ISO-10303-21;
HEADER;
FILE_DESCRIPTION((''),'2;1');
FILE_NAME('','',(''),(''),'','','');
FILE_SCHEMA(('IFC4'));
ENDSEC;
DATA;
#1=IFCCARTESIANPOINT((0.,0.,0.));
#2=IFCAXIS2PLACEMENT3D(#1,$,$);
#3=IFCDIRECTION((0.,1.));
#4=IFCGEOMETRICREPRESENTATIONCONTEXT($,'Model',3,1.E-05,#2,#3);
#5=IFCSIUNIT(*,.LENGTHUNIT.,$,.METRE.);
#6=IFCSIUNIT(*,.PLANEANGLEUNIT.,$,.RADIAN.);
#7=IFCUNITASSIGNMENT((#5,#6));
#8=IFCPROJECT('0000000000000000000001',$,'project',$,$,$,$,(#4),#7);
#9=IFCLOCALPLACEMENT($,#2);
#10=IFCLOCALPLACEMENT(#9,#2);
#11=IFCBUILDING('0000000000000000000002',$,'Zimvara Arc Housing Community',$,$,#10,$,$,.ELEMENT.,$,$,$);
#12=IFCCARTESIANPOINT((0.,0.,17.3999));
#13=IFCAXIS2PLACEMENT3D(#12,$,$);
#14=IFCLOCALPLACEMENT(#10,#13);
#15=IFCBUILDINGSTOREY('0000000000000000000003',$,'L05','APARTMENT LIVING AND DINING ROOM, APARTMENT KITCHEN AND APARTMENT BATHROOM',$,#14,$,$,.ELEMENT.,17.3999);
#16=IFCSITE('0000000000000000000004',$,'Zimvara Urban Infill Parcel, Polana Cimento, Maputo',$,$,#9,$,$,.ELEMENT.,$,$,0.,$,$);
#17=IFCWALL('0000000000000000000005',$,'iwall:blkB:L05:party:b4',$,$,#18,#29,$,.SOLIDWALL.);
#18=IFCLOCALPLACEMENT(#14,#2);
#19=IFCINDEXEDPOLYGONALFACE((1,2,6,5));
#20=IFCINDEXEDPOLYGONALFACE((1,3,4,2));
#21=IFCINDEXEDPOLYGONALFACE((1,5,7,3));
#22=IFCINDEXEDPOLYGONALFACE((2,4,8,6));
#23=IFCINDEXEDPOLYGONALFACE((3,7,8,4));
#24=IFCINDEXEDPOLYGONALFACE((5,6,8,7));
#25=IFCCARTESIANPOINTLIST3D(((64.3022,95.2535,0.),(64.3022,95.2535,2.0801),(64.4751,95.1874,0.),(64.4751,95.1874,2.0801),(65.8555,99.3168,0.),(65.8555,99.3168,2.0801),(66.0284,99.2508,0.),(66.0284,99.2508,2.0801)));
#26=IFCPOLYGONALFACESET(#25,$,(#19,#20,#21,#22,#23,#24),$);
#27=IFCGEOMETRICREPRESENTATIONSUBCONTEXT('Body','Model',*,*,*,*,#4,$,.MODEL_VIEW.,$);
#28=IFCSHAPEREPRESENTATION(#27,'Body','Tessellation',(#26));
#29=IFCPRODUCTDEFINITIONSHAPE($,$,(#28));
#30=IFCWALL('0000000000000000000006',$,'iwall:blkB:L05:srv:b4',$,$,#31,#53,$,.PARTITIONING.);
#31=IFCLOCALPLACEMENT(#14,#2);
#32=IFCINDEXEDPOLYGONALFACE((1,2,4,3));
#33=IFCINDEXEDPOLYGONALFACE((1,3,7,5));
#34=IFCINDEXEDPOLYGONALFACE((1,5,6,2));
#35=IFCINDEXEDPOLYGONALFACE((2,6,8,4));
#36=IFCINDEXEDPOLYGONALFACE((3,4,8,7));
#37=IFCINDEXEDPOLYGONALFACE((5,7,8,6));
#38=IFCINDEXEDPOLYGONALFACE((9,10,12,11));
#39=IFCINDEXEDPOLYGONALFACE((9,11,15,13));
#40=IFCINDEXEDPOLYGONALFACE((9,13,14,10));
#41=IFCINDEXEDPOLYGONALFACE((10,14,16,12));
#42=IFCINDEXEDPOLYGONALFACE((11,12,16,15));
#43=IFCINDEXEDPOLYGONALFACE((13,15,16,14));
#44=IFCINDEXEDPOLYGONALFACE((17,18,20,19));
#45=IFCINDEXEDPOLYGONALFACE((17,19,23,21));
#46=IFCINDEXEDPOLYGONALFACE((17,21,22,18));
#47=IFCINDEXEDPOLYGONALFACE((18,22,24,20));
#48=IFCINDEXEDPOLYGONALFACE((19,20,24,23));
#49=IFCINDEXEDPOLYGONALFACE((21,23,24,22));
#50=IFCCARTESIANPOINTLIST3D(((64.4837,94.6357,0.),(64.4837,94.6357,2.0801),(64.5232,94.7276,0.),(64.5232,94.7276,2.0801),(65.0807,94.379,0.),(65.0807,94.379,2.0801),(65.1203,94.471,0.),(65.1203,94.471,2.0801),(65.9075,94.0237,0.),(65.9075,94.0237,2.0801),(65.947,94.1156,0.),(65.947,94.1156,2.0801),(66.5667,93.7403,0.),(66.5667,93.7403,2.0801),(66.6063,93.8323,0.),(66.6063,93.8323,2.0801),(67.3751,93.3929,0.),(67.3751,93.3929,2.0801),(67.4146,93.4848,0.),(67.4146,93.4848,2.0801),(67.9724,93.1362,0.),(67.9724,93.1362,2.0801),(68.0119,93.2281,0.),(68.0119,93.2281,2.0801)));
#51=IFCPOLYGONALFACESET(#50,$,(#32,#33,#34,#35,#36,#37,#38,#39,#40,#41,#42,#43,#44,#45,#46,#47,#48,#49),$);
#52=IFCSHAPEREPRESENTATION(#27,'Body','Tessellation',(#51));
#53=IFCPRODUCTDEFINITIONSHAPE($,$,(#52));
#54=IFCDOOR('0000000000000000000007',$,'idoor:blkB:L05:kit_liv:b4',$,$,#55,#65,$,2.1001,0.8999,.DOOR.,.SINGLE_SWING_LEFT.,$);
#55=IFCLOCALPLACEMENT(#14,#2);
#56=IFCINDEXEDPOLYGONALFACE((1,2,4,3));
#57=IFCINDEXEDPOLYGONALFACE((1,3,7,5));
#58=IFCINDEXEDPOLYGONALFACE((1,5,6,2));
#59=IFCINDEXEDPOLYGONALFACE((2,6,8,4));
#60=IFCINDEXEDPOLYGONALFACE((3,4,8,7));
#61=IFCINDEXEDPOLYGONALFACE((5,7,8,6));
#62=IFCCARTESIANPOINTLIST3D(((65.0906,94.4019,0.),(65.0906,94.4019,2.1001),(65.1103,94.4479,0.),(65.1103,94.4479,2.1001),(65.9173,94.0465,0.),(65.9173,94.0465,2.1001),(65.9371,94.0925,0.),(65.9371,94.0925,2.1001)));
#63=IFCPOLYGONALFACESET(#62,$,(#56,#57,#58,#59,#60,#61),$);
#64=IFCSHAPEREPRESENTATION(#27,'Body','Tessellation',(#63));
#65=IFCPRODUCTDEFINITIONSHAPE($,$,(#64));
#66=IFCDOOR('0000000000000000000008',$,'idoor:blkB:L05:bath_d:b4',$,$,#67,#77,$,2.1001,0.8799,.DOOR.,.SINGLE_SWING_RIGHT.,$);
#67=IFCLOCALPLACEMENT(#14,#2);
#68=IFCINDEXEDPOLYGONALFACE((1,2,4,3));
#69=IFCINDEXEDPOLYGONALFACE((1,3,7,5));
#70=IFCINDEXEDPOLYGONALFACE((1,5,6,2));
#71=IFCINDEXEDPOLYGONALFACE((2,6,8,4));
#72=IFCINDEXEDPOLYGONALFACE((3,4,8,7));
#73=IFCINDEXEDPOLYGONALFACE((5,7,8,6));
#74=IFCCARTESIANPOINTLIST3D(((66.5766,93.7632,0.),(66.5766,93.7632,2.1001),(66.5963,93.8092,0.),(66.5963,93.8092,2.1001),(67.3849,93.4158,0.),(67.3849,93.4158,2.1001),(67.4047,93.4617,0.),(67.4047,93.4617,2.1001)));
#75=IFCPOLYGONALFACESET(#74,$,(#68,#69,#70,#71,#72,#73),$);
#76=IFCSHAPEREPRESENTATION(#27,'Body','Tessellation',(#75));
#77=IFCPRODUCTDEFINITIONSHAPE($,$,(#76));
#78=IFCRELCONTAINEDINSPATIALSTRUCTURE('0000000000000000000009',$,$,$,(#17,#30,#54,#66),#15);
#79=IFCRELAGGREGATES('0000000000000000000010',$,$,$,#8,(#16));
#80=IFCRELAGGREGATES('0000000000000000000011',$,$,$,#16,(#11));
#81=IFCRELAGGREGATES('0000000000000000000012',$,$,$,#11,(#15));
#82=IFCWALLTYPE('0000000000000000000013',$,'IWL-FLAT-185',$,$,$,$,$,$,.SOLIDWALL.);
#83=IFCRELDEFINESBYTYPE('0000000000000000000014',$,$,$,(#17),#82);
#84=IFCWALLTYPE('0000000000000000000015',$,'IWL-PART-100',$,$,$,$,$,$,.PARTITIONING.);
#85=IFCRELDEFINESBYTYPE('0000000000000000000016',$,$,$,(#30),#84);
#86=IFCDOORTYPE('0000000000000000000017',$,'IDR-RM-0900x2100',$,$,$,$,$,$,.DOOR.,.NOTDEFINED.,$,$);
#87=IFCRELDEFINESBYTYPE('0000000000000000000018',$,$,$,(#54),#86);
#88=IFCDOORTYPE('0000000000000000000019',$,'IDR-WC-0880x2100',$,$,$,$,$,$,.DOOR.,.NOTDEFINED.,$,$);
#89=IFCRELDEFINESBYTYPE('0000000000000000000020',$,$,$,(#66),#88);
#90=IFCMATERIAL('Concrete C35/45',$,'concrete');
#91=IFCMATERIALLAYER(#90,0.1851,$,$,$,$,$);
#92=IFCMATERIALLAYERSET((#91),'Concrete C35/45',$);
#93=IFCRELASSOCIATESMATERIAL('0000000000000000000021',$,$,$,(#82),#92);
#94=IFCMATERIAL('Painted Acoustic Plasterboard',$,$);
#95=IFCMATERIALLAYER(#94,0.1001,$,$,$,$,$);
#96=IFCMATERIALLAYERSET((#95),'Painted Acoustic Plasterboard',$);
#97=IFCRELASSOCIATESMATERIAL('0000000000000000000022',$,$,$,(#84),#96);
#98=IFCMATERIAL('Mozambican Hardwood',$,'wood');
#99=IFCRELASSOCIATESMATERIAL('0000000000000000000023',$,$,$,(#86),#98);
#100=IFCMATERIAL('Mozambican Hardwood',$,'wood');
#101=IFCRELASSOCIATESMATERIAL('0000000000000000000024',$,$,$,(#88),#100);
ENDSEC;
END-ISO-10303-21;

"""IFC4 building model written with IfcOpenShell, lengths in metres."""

from ifc_helpers import new_model, si_unit, direction, frame, frame_2d, origin, place, context, subcontext, project, spatial, rectangle, extrude, material, layer, layer_set, type_object, element, fill, save


model = new_model("IFC4")

# Units and contexts
model_context = context("Model", 3, precision=1e-05, world=origin(), true_north=direction((0.0, 1.0)))
body_context = subcontext(model_context, "Body", "Model", "MODEL_VIEW")
ifc_project = project(units=[si_unit("LENGTHUNIT", "METRE"), si_unit("PLANEANGLEUNIT", "RADIAN")], contexts=[model_context])

# Site, building, storey
site_placement = place(None, origin())
site = spatial("IfcSite", under=ifc_project, at=site_placement, Name="Zimvara Urban Infill Parcel, Polana Cimento, Maputo", CompositionType="ELEMENT", RefElevation=0.0)
building_placement = place(site_placement, origin())
building = spatial("IfcBuilding", under=site, at=building_placement, Name="Zimvara Arc Housing Community", CompositionType="ELEMENT")
storey_placement = place(building_placement, frame((0.0, 0.0, 17.3999)))
storey = spatial("IfcBuildingStorey", under=building, at=storey_placement, Name="L05", Description="APARTMENT LIVING AND DINING ROOM, APARTMENT KITCHEN AND APARTMENT BATHROOM", CompositionType="ELEMENT", Elevation=17.3999)

# Wall
ifc_material_1 = material(Name="Concrete C35/45", Category="concrete")
ifc_layer_1 = layer(ifc_material_1, 0.1851)
ifc_layer_set_1 = layer_set([ifc_layer_1], Name="Concrete C35/45")
wall_type_1 = type_object("IfcWallType", Name="IWL-FLAT-185", PredefinedType="SOLIDWALL", material=ifc_layer_set_1)
wall_1_placement = place(storey_placement, frame((64.3887, 95.2205, 0.0), z_axis=(0.0, 0.0, 1.0), x_axis=(0.357064, 0.93408, 0.0)))
element("IfcWall", 1, at=wall_1_placement, inside=storey, type_object=wall_type_1, Name="iwall:blkB:L05:party:b4", PredefinedType="SOLIDWALL", context=body_context, shape_type="SweptSolid", body=[
    extrude(rectangle(XDim=4.3501, YDim=0.1851, at=frame_2d((2.175, 0.0))), origin(), (0.0, 0.0, 1.0), 2.0801),
])

# Wall, openings, doors
ifc_material_2 = material(Name="Painted Acoustic Plasterboard")
ifc_layer_2 = layer(ifc_material_2, 0.1001)
ifc_layer_set_2 = layer_set([ifc_layer_2], Name="Painted Acoustic Plasterboard")
wall_type_2 = type_object("IfcWallType", Name="IWL-PART-100", PredefinedType="PARTITIONING", material=ifc_layer_set_2)
wall_2_placement = place(storey_placement, frame((64.5034, 94.6816, 0.0), z_axis=(0.0, 0.0, 1.0), x_axis=(0.918732, -0.394881, 0.0)))
wall_2 = element("IfcWall", 2, at=wall_2_placement, inside=storey, type_object=wall_type_2, Name="iwall:blkB:L05:srv:b4", PredefinedType="PARTITIONING", context=body_context, shape_type="SweptSolid", body=[
    extrude(rectangle(XDim=3.7974, YDim=0.1001, at=frame_2d((1.8987, 0.0))), origin(), (0.0, 0.0, 1.0), 2.0801),
])
opening_1_placement = place(wall_2_placement, frame((0.6499, 0.0, 0.0)))
opening_1 = element("IfcOpeningElement", 3, at=opening_1_placement, cuts=wall_2, PredefinedType="OPENING", context=body_context, shape_type="SweptSolid", body=[
    extrude(rectangle(XDim=0.8999, YDim=2.1001, at=frame_2d((0.45, 1.05))), frame((0.0, 0.0601, 0.0), z_axis=(0.0, -1.0, 0.0), x_axis=(1.0, 0.0, 0.0)), (0.0, 0.0, 1.0), 0.1201),
])
opening_2_placement = place(wall_2_placement, frame((2.2673, 0.0, 0.0)))
opening_2 = element("IfcOpeningElement", 4, at=opening_2_placement, cuts=wall_2, PredefinedType="OPENING", context=body_context, shape_type="SweptSolid", body=[
    extrude(rectangle(XDim=0.8799, YDim=2.1001, at=frame_2d((0.4399, 1.05))), frame((0.0, 0.0601, 0.0), z_axis=(0.0, -1.0, 0.0), x_axis=(1.0, 0.0, 0.0)), (0.0, 0.0, 1.0), 0.1201),
])
ifc_material_3 = material(Name="Mozambican Hardwood", Category="wood")
door_type_1 = type_object("IfcDoorType", Name="IDR-RM-0900x2100", OperationType="NOTDEFINED", PredefinedType="DOOR", material=ifc_material_3)
door_1_placement = place(opening_1_placement, origin())
door_1 = element("IfcDoor", 5, at=door_1_placement, inside=storey, type_object=door_type_1, Name="idoor:blkB:L05:kit_liv:b4", OperationType="SINGLE_SWING_LEFT", OverallHeight=2.1001, OverallWidth=0.8999, PredefinedType="DOOR", context=body_context, shape_type="SweptSolid", body=[
    extrude(rectangle(XDim=0.8999, YDim=2.1001, at=frame_2d((0.45, 1.05))), frame((0.0, 0.0249, 0.0), z_axis=(0.0, -1.0, 0.0), x_axis=(1.0, 0.0, 0.0)), (0.0, 0.0, 1.0), 0.05),
])
fill(opening_1, door_1)
ifc_material_4 = material(Name="Mozambican Hardwood", Category="wood")
door_type_2 = type_object("IfcDoorType", Name="IDR-WC-0880x2100", OperationType="NOTDEFINED", PredefinedType="DOOR", material=ifc_material_4)
door_2_placement = place(opening_2_placement, origin())
door_2 = element("IfcDoor", 6, at=door_2_placement, inside=storey, type_object=door_type_2, Name="idoor:blkB:L05:bath_d:b4", OperationType="SINGLE_SWING_RIGHT", OverallHeight=2.1001, OverallWidth=0.8799, PredefinedType="DOOR", context=body_context, shape_type="SweptSolid", body=[
    extrude(rectangle(XDim=0.8799, YDim=2.1001, at=frame_2d((0.4399, 1.05))), frame((0.0, 0.0249, 0.0), z_axis=(0.0, -1.0, 0.0), x_axis=(1.0, 0.0, 0.0)), (0.0, 0.0, 1.0), 0.05),
])
fill(opening_2, door_2)

save(model, "model.ifc")
